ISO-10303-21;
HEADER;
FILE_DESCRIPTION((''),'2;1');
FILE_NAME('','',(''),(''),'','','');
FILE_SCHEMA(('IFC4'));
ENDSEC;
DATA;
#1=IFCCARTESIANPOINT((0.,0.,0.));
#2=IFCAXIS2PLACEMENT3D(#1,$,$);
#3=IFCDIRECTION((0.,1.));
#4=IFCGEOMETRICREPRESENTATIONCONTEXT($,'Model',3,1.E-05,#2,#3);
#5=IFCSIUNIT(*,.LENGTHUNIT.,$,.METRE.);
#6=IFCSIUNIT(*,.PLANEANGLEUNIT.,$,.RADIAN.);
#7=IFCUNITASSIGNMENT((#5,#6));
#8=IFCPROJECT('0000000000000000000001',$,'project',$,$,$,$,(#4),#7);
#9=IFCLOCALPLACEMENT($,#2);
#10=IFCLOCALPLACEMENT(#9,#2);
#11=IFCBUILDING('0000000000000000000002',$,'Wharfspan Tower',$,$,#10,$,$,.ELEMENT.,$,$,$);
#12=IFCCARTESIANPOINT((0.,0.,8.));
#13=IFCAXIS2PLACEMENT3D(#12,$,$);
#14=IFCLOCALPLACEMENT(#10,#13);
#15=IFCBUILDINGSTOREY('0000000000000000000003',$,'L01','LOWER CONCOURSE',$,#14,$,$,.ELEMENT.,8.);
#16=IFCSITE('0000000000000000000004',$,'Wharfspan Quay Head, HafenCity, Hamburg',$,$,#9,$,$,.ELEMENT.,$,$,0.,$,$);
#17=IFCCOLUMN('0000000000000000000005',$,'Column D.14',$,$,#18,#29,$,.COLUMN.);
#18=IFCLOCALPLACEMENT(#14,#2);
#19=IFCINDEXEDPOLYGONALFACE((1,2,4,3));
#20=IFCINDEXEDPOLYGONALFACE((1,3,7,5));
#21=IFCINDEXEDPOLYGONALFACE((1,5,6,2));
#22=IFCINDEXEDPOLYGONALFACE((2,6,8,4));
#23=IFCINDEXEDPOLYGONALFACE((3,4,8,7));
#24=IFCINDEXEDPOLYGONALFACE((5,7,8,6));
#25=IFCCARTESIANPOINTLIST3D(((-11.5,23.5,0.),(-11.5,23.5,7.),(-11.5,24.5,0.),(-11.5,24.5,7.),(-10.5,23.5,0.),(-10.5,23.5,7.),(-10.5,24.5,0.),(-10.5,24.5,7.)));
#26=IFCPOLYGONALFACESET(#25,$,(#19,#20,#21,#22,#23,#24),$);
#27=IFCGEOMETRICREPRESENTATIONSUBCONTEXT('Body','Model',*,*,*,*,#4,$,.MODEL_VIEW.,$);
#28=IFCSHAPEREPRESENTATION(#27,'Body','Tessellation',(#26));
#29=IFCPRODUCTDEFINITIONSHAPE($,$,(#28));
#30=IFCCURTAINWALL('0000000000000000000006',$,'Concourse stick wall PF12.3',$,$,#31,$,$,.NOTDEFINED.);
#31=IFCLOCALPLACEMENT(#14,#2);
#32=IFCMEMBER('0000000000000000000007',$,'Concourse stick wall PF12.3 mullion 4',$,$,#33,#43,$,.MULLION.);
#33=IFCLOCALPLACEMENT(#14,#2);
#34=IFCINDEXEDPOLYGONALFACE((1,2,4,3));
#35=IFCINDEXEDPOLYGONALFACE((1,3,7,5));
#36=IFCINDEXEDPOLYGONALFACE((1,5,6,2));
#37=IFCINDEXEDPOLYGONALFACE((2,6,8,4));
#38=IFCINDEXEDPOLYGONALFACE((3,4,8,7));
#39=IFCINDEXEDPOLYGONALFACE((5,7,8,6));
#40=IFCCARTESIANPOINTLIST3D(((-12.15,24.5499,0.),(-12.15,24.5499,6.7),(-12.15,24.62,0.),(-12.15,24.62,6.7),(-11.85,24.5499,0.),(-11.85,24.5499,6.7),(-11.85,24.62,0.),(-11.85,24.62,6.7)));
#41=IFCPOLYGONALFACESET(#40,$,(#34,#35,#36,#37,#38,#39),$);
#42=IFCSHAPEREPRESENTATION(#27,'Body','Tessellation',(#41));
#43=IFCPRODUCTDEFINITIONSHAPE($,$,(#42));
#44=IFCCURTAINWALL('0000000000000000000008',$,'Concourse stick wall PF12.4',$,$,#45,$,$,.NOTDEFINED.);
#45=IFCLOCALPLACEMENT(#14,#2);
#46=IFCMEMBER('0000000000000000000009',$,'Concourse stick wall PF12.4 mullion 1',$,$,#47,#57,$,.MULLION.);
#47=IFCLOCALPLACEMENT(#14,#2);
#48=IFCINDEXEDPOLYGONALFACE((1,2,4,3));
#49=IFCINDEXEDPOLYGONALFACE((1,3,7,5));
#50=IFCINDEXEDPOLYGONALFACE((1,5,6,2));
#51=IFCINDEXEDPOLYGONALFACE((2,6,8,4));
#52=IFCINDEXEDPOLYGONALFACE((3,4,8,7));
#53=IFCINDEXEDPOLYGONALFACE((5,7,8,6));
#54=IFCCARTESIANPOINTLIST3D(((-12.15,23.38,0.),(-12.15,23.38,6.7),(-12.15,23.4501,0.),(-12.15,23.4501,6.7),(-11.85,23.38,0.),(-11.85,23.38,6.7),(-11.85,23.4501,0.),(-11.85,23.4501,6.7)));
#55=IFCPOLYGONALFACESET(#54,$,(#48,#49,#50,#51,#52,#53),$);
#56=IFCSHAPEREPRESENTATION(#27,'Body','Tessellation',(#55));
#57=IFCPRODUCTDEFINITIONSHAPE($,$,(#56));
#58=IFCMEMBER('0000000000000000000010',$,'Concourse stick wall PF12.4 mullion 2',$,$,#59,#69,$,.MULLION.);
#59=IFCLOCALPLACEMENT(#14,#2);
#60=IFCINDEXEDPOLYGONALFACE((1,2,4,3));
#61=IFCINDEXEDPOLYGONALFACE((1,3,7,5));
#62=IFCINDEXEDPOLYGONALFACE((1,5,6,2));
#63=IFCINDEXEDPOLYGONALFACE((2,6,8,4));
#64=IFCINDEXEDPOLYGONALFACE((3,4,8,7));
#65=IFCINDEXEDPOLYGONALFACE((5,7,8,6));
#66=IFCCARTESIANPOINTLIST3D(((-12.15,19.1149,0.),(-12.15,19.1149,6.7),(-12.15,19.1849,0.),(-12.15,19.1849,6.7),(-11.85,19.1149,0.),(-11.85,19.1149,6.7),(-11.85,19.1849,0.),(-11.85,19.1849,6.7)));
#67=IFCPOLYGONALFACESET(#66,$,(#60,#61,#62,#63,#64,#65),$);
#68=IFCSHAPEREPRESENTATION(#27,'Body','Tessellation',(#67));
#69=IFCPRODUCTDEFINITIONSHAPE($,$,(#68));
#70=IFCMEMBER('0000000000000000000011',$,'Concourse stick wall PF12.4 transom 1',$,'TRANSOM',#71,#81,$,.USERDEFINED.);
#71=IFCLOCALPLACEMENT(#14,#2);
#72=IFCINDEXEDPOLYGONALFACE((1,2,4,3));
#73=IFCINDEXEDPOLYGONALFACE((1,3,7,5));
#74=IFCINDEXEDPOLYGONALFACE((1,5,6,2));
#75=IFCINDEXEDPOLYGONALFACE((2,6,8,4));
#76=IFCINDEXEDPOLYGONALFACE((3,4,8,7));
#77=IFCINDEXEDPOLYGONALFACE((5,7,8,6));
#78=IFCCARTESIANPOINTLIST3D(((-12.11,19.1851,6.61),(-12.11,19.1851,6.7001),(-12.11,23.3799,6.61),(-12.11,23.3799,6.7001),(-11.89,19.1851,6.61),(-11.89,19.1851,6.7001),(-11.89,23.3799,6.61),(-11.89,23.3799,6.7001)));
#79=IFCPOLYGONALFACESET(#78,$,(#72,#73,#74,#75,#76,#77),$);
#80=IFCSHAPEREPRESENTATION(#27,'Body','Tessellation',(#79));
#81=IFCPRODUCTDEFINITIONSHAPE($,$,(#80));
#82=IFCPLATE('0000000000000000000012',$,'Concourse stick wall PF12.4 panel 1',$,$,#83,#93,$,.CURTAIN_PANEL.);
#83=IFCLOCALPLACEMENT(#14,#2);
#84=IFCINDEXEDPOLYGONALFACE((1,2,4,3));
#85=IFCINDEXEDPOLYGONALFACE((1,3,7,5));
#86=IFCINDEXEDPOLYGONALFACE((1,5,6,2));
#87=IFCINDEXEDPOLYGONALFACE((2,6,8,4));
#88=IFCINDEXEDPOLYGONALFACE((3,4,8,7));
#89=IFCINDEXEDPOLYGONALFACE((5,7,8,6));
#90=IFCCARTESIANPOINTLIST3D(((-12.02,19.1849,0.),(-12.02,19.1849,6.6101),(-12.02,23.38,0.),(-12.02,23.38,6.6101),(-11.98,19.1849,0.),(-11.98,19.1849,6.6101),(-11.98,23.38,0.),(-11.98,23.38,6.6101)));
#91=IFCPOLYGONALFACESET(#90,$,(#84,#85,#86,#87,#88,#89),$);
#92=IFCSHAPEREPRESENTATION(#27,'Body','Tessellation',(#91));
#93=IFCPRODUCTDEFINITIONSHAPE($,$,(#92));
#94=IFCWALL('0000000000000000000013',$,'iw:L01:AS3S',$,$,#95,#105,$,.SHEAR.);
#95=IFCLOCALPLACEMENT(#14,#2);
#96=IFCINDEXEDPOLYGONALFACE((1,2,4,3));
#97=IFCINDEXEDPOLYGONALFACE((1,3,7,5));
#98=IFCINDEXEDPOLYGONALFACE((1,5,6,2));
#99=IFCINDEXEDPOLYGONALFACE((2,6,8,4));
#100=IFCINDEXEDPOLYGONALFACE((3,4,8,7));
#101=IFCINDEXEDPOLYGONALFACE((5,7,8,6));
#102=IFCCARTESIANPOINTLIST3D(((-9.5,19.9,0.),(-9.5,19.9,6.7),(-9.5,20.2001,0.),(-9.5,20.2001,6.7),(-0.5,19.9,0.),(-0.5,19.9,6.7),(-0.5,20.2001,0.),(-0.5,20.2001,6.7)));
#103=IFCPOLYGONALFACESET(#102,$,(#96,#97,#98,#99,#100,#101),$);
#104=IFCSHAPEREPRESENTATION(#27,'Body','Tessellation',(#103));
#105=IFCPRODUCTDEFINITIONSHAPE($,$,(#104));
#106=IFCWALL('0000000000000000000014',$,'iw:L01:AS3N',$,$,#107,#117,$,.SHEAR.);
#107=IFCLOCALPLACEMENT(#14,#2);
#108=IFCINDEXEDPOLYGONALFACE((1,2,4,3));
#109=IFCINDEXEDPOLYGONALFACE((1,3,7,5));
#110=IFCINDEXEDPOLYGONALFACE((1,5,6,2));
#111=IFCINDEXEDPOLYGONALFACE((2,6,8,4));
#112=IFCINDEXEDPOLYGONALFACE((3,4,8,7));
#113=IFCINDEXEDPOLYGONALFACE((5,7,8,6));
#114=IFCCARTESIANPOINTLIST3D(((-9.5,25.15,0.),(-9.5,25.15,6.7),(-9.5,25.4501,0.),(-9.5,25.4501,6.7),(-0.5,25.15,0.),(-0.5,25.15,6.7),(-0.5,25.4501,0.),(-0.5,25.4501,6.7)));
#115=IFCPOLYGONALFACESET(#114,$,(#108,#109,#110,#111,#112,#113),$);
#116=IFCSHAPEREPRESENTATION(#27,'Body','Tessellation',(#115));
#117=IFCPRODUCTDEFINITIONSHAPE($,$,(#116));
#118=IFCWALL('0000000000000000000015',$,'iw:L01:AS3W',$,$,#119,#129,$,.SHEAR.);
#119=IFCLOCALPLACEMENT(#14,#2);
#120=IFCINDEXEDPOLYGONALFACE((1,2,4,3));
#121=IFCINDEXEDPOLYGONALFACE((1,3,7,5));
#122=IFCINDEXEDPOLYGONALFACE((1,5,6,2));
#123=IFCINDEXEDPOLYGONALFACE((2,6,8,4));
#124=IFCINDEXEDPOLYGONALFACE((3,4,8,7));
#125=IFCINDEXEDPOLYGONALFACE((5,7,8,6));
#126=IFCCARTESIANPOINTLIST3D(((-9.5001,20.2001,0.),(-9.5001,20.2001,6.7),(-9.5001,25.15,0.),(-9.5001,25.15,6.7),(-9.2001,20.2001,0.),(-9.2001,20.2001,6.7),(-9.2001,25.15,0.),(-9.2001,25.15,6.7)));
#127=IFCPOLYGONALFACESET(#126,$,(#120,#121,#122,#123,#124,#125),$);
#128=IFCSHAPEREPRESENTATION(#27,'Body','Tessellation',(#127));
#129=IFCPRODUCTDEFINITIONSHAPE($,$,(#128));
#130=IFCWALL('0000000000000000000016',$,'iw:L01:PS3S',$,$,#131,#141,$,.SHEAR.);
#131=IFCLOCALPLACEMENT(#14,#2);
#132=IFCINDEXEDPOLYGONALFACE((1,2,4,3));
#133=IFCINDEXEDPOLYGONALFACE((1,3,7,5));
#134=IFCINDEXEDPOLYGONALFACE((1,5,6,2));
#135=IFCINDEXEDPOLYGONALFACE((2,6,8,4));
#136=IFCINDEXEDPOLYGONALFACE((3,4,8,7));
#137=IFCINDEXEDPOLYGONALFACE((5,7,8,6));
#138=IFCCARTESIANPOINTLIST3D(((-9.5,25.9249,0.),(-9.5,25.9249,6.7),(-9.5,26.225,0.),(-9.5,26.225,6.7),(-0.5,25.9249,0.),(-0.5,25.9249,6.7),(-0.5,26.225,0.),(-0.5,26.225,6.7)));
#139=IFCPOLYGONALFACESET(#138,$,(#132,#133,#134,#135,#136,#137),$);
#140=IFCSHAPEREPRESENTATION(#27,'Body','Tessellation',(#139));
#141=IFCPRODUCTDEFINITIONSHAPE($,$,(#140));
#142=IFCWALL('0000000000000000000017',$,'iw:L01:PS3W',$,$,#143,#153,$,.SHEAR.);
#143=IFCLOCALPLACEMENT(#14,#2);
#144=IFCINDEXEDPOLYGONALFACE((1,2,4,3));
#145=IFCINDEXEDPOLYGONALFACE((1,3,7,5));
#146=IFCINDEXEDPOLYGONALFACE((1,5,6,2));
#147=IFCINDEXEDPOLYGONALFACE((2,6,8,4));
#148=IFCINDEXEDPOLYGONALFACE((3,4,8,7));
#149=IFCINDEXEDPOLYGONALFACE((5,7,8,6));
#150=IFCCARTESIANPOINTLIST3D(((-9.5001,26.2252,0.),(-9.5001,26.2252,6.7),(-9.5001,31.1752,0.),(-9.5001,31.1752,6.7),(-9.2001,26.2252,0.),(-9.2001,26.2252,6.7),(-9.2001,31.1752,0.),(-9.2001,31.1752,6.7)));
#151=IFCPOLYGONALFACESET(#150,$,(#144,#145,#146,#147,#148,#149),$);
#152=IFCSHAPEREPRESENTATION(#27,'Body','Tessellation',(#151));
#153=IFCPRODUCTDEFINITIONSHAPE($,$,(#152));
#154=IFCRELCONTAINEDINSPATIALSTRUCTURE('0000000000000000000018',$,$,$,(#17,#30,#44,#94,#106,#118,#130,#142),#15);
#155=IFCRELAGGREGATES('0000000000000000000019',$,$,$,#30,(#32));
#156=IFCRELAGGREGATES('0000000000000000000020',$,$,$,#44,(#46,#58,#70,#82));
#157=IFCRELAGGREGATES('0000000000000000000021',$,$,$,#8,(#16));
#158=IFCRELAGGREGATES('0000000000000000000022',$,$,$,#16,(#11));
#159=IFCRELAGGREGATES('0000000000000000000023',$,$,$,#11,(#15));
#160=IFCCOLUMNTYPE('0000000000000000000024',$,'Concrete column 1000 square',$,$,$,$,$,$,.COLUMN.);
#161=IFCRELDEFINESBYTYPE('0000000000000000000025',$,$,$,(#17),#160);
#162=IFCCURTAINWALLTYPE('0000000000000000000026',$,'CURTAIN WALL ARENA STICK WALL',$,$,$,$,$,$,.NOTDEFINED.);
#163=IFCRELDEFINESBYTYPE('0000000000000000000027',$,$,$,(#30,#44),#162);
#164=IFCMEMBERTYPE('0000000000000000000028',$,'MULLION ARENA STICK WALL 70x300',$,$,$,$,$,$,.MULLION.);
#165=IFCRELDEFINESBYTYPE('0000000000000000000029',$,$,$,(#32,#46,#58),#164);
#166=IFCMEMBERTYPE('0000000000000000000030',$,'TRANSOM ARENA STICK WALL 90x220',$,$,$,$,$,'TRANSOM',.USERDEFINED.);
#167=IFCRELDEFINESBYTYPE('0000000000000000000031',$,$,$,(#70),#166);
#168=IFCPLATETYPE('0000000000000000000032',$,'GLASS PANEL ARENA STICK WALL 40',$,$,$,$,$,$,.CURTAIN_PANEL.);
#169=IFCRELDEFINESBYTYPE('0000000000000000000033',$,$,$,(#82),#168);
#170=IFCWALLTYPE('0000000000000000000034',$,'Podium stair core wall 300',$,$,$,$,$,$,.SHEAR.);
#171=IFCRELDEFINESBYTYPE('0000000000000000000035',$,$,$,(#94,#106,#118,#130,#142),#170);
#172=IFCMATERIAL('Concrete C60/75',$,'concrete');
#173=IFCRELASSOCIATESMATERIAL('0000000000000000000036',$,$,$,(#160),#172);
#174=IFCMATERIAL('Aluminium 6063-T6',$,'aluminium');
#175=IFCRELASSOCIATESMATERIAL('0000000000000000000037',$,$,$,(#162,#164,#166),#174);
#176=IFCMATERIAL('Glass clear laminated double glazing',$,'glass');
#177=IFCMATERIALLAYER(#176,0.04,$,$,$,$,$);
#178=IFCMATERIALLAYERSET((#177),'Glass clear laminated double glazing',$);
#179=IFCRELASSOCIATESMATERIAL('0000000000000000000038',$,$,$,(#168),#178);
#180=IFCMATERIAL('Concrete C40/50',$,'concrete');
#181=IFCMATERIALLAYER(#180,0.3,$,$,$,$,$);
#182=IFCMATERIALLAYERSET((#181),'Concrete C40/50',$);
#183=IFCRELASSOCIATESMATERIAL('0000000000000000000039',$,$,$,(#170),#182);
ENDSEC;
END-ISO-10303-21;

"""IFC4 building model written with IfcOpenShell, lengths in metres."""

from ifc_helpers import new_model, si_unit, direction, frame, frame_2d, origin, origin_2d, place, context, subcontext, project, spatial, rectangle, extrude, material, layer, layer_set, material_profile, profile_set, type_object, element, aggregate, save


model = new_model("IFC4")

# Units and contexts
model_context = context("Model", 3, precision=1e-05, world=origin(), true_north=direction((0.0, 1.0)))
body_context = subcontext(model_context, "Body", "Model", "MODEL_VIEW")
ifc_project = project(units=[si_unit("LENGTHUNIT", "METRE"), si_unit("PLANEANGLEUNIT", "RADIAN")], contexts=[model_context])

# Site, building, storey
site_placement = place(None, origin())
site = spatial("IfcSite", under=ifc_project, at=site_placement, Name="Wharfspan Quay Head, HafenCity, Hamburg", CompositionType="ELEMENT", RefElevation=0.0)
building_placement = place(site_placement, origin())
building = spatial("IfcBuilding", under=site, at=building_placement, Name="Wharfspan Tower", CompositionType="ELEMENT")
storey_placement = place(building_placement, frame((0.0, 0.0, 8.0)))
storey = spatial("IfcBuildingStorey", under=building, at=storey_placement, Name="L01", Description="LOWER CONCOURSE", CompositionType="ELEMENT", Elevation=8.0)

# Column
ifc_material_1 = material(Name="Concrete C60/75", Category="concrete")
ifc_material_profile_1 = material_profile(ifc_material_1, rectangle(XDim=1.0, YDim=1.0, at=origin_2d()))
ifc_profile_set_1 = profile_set([ifc_material_profile_1], Name="Concrete C60/75")
column_type = type_object("IfcColumnType", Name="Concrete column 1000 square", PredefinedType="COLUMN", material=ifc_profile_set_1)
column_placement = place(storey_placement, frame((-11.0, 24.0, 0.0), z_axis=(0.0, 0.0, 1.0), x_axis=(1.0, 0.0, 0.0)))
element("IfcColumn", 1, at=column_placement, inside=storey, type_object=column_type, Name="Column D.14", PredefinedType="COLUMN", context=body_context, shape_type="SweptSolid", body=[
    extrude(rectangle(XDim=1.0, YDim=1.0, at=origin_2d()), origin(), (0.0, 0.0, 1.0), 7.0),
])

# Curtain wall, member
ifc_material_2 = material(Name="Aluminium 6063-T6", Category="aluminium")
curtain_wall_type = type_object("IfcCurtainWallType", Name="CURTAIN WALL ARENA STICK WALL", PredefinedType="NOTDEFINED", material=ifc_material_2)
curtain_wall_1_placement = place(storey_placement, origin())
curtain_wall_1 = element("IfcCurtainWall", 2, at=curtain_wall_1_placement, inside=storey, type_object=curtain_wall_type, Name="Concourse stick wall PF12.3", PredefinedType="NOTDEFINED")
ifc_material_profile_2 = material_profile(ifc_material_2, rectangle(XDim=0.3, YDim=0.0701, at=origin_2d()))
ifc_profile_set_2 = profile_set([ifc_material_profile_2], Name="Aluminium 6063-T6")
member_type_1 = type_object("IfcMemberType", Name="MULLION ARENA STICK WALL 70x300", PredefinedType="MULLION", material=ifc_profile_set_2)
member_1_placement = place(storey_placement, frame((-12.0, 24.585, 0.0), z_axis=(0.0, 0.0, 1.0), x_axis=(1.0, 0.0, 0.0)))
member_1 = element("IfcMember", 3, at=member_1_placement, type_object=member_type_1, Name="Concourse stick wall PF12.3 mullion 4", PredefinedType="MULLION", context=body_context, shape_type="SweptSolid", body=[
    extrude(rectangle(XDim=0.3, YDim=0.0701, at=origin_2d()), origin(), (0.0, 0.0, 1.0), 6.7),
])
aggregate(curtain_wall_1, [member_1])

# Curtain wall, members, plate
curtain_wall_2_placement = place(storey_placement, origin())
curtain_wall_2 = element("IfcCurtainWall", 4, at=curtain_wall_2_placement, inside=storey, type_object=curtain_wall_type, Name="Concourse stick wall PF12.4", PredefinedType="NOTDEFINED")
member_2_placement = place(storey_placement, frame((-12.0, 23.415, 0.0), z_axis=(0.0, 0.0, 1.0), x_axis=(1.0, 0.0, 0.0)))
member_2 = element("IfcMember", 5, at=member_2_placement, type_object=member_type_1, Name="Concourse stick wall PF12.4 mullion 1", PredefinedType="MULLION", context=body_context, shape_type="SweptSolid", body=[
    extrude(rectangle(XDim=0.3, YDim=0.0701, at=origin_2d()), origin(), (0.0, 0.0, 1.0), 6.7),
])
member_3_placement = place(storey_placement, frame((-12.0, 19.1499, 0.0), z_axis=(0.0, 0.0, 1.0), x_axis=(1.0, 0.0, 0.0)))
member_3 = element("IfcMember", 6, at=member_3_placement, type_object=member_type_1, Name="Concourse stick wall PF12.4 mullion 2", PredefinedType="MULLION", context=body_context, shape_type="SweptSolid", body=[
    extrude(rectangle(XDim=0.3, YDim=0.0701, at=origin_2d()), origin(), (0.0, 0.0, 1.0), 6.7),
])
ifc_material_profile_3 = material_profile(ifc_material_2, rectangle(XDim=0.22, YDim=0.0901, at=origin_2d()))
ifc_profile_set_3 = profile_set([ifc_material_profile_3], Name="Aluminium 6063-T6")
member_type_2 = type_object("IfcMemberType", Name="TRANSOM ARENA STICK WALL 90x220", ElementType="TRANSOM", PredefinedType="USERDEFINED", material=ifc_profile_set_3)
member_4_placement = place(storey_placement, frame((-12.0, 23.3799, 6.655), z_axis=(0.0, -1.0, 0.0), x_axis=(1.0, 0.0, 0.0)))
member_4 = element("IfcMember", 7, at=member_4_placement, type_object=member_type_2, Name="Concourse stick wall PF12.4 transom 1", ObjectType="TRANSOM", PredefinedType="USERDEFINED", context=body_context, shape_type="SweptSolid", body=[
    extrude(rectangle(XDim=0.22, YDim=0.0901, at=origin_2d()), origin(), (0.0, 0.0, 1.0), 4.1948),
])
ifc_material_3 = material(Name="Glass clear laminated double glazing", Category="glass")
ifc_layer_1 = layer(ifc_material_3, 0.04)
ifc_layer_set_1 = layer_set([ifc_layer_1], Name="Glass clear laminated double glazing")
plate_type = type_object("IfcPlateType", Name="GLASS PANEL ARENA STICK WALL 40", PredefinedType="CURTAIN_PANEL", material=ifc_layer_set_1)
plate_placement = place(storey_placement, frame((-12.0, 21.2825, 0.0), z_axis=(0.0, 0.0, 1.0), x_axis=(0.0, -1.0, 0.0)))
plate = element("IfcPlate", 8, at=plate_placement, type_object=plate_type, Name="Concourse stick wall PF12.4 panel 1", PredefinedType="CURTAIN_PANEL", context=body_context, shape_type="SweptSolid", body=[
    extrude(rectangle(XDim=4.1951, YDim=0.04, at=origin_2d()), origin(), (0.0, 0.0, 1.0), 6.6101),
])
aggregate(curtain_wall_2, [member_2, member_3, member_4, plate])

# Walls
ifc_material_4 = material(Name="Concrete C40/50", Category="concrete")
ifc_layer_2 = layer(ifc_material_4, 0.3)
ifc_layer_set_2 = layer_set([ifc_layer_2], Name="Concrete C40/50")
wall_type = type_object("IfcWallType", Name="Podium stair core wall 300", PredefinedType="SHEAR", material=ifc_layer_set_2)
for number, where, z_axis, x_axis, name in (
    (9, (-9.5, 20.05, 0.0), (0.0, 0.0, 1.0), (1.0, 0.0, 0.0), "iw:L01:AS3S"),
    (10, (-9.5, 25.3, 0.0), (0.0, 0.0, 1.0), (1.0, 0.0, 0.0), "iw:L01:AS3N"),
):
    element("IfcWall", number, at=place(storey_placement, frame(where, z_axis=z_axis, x_axis=x_axis)), inside=storey, type_object=wall_type, Name=name, PredefinedType="SHEAR", context=body_context, shape_type="SweptSolid", body=[
        extrude(rectangle(XDim=9.0, YDim=0.3, at=frame_2d((4.5, 0.0))), origin(), (0.0, 0.0, 1.0), 6.7),
    ])
wall_1_placement = place(storey_placement, frame((-9.3501, 20.2, 0.0), z_axis=(0.0, 0.0, 1.0), x_axis=(0.0, 1.0, 0.0)))
element("IfcWall", 11, at=wall_1_placement, inside=storey, type_object=wall_type, Name="iw:L01:AS3W", PredefinedType="SHEAR", context=body_context, shape_type="SweptSolid", body=[
    extrude(rectangle(XDim=4.95, YDim=0.3, at=frame_2d((2.4751, 0.0))), origin(), (0.0, 0.0, 1.0), 6.7),
])
wall_2_placement = place(storey_placement, frame((-9.5, 26.075, 0.0), z_axis=(0.0, 0.0, 1.0), x_axis=(1.0, 0.0, 0.0)))
element("IfcWall", 12, at=wall_2_placement, inside=storey, type_object=wall_type, Name="iw:L01:PS3S", PredefinedType="SHEAR", context=body_context, shape_type="SweptSolid", body=[
    extrude(rectangle(XDim=9.0, YDim=0.3, at=frame_2d((4.5, 0.0))), origin(), (0.0, 0.0, 1.0), 6.7),
])
wall_3_placement = place(storey_placement, frame((-9.3501, 26.2251, 0.0), z_axis=(0.0, 0.0, 1.0), x_axis=(0.0, 1.0, 0.0)))
element("IfcWall", 13, at=wall_3_placement, inside=storey, type_object=wall_type, Name="iw:L01:PS3W", PredefinedType="SHEAR", context=body_context, shape_type="SweptSolid", body=[
    extrude(rectangle(XDim=4.95, YDim=0.3, at=frame_2d((2.4751, 0.0))), origin(), (0.0, 0.0, 1.0), 6.7),
])

save(model, "model.ifc")
